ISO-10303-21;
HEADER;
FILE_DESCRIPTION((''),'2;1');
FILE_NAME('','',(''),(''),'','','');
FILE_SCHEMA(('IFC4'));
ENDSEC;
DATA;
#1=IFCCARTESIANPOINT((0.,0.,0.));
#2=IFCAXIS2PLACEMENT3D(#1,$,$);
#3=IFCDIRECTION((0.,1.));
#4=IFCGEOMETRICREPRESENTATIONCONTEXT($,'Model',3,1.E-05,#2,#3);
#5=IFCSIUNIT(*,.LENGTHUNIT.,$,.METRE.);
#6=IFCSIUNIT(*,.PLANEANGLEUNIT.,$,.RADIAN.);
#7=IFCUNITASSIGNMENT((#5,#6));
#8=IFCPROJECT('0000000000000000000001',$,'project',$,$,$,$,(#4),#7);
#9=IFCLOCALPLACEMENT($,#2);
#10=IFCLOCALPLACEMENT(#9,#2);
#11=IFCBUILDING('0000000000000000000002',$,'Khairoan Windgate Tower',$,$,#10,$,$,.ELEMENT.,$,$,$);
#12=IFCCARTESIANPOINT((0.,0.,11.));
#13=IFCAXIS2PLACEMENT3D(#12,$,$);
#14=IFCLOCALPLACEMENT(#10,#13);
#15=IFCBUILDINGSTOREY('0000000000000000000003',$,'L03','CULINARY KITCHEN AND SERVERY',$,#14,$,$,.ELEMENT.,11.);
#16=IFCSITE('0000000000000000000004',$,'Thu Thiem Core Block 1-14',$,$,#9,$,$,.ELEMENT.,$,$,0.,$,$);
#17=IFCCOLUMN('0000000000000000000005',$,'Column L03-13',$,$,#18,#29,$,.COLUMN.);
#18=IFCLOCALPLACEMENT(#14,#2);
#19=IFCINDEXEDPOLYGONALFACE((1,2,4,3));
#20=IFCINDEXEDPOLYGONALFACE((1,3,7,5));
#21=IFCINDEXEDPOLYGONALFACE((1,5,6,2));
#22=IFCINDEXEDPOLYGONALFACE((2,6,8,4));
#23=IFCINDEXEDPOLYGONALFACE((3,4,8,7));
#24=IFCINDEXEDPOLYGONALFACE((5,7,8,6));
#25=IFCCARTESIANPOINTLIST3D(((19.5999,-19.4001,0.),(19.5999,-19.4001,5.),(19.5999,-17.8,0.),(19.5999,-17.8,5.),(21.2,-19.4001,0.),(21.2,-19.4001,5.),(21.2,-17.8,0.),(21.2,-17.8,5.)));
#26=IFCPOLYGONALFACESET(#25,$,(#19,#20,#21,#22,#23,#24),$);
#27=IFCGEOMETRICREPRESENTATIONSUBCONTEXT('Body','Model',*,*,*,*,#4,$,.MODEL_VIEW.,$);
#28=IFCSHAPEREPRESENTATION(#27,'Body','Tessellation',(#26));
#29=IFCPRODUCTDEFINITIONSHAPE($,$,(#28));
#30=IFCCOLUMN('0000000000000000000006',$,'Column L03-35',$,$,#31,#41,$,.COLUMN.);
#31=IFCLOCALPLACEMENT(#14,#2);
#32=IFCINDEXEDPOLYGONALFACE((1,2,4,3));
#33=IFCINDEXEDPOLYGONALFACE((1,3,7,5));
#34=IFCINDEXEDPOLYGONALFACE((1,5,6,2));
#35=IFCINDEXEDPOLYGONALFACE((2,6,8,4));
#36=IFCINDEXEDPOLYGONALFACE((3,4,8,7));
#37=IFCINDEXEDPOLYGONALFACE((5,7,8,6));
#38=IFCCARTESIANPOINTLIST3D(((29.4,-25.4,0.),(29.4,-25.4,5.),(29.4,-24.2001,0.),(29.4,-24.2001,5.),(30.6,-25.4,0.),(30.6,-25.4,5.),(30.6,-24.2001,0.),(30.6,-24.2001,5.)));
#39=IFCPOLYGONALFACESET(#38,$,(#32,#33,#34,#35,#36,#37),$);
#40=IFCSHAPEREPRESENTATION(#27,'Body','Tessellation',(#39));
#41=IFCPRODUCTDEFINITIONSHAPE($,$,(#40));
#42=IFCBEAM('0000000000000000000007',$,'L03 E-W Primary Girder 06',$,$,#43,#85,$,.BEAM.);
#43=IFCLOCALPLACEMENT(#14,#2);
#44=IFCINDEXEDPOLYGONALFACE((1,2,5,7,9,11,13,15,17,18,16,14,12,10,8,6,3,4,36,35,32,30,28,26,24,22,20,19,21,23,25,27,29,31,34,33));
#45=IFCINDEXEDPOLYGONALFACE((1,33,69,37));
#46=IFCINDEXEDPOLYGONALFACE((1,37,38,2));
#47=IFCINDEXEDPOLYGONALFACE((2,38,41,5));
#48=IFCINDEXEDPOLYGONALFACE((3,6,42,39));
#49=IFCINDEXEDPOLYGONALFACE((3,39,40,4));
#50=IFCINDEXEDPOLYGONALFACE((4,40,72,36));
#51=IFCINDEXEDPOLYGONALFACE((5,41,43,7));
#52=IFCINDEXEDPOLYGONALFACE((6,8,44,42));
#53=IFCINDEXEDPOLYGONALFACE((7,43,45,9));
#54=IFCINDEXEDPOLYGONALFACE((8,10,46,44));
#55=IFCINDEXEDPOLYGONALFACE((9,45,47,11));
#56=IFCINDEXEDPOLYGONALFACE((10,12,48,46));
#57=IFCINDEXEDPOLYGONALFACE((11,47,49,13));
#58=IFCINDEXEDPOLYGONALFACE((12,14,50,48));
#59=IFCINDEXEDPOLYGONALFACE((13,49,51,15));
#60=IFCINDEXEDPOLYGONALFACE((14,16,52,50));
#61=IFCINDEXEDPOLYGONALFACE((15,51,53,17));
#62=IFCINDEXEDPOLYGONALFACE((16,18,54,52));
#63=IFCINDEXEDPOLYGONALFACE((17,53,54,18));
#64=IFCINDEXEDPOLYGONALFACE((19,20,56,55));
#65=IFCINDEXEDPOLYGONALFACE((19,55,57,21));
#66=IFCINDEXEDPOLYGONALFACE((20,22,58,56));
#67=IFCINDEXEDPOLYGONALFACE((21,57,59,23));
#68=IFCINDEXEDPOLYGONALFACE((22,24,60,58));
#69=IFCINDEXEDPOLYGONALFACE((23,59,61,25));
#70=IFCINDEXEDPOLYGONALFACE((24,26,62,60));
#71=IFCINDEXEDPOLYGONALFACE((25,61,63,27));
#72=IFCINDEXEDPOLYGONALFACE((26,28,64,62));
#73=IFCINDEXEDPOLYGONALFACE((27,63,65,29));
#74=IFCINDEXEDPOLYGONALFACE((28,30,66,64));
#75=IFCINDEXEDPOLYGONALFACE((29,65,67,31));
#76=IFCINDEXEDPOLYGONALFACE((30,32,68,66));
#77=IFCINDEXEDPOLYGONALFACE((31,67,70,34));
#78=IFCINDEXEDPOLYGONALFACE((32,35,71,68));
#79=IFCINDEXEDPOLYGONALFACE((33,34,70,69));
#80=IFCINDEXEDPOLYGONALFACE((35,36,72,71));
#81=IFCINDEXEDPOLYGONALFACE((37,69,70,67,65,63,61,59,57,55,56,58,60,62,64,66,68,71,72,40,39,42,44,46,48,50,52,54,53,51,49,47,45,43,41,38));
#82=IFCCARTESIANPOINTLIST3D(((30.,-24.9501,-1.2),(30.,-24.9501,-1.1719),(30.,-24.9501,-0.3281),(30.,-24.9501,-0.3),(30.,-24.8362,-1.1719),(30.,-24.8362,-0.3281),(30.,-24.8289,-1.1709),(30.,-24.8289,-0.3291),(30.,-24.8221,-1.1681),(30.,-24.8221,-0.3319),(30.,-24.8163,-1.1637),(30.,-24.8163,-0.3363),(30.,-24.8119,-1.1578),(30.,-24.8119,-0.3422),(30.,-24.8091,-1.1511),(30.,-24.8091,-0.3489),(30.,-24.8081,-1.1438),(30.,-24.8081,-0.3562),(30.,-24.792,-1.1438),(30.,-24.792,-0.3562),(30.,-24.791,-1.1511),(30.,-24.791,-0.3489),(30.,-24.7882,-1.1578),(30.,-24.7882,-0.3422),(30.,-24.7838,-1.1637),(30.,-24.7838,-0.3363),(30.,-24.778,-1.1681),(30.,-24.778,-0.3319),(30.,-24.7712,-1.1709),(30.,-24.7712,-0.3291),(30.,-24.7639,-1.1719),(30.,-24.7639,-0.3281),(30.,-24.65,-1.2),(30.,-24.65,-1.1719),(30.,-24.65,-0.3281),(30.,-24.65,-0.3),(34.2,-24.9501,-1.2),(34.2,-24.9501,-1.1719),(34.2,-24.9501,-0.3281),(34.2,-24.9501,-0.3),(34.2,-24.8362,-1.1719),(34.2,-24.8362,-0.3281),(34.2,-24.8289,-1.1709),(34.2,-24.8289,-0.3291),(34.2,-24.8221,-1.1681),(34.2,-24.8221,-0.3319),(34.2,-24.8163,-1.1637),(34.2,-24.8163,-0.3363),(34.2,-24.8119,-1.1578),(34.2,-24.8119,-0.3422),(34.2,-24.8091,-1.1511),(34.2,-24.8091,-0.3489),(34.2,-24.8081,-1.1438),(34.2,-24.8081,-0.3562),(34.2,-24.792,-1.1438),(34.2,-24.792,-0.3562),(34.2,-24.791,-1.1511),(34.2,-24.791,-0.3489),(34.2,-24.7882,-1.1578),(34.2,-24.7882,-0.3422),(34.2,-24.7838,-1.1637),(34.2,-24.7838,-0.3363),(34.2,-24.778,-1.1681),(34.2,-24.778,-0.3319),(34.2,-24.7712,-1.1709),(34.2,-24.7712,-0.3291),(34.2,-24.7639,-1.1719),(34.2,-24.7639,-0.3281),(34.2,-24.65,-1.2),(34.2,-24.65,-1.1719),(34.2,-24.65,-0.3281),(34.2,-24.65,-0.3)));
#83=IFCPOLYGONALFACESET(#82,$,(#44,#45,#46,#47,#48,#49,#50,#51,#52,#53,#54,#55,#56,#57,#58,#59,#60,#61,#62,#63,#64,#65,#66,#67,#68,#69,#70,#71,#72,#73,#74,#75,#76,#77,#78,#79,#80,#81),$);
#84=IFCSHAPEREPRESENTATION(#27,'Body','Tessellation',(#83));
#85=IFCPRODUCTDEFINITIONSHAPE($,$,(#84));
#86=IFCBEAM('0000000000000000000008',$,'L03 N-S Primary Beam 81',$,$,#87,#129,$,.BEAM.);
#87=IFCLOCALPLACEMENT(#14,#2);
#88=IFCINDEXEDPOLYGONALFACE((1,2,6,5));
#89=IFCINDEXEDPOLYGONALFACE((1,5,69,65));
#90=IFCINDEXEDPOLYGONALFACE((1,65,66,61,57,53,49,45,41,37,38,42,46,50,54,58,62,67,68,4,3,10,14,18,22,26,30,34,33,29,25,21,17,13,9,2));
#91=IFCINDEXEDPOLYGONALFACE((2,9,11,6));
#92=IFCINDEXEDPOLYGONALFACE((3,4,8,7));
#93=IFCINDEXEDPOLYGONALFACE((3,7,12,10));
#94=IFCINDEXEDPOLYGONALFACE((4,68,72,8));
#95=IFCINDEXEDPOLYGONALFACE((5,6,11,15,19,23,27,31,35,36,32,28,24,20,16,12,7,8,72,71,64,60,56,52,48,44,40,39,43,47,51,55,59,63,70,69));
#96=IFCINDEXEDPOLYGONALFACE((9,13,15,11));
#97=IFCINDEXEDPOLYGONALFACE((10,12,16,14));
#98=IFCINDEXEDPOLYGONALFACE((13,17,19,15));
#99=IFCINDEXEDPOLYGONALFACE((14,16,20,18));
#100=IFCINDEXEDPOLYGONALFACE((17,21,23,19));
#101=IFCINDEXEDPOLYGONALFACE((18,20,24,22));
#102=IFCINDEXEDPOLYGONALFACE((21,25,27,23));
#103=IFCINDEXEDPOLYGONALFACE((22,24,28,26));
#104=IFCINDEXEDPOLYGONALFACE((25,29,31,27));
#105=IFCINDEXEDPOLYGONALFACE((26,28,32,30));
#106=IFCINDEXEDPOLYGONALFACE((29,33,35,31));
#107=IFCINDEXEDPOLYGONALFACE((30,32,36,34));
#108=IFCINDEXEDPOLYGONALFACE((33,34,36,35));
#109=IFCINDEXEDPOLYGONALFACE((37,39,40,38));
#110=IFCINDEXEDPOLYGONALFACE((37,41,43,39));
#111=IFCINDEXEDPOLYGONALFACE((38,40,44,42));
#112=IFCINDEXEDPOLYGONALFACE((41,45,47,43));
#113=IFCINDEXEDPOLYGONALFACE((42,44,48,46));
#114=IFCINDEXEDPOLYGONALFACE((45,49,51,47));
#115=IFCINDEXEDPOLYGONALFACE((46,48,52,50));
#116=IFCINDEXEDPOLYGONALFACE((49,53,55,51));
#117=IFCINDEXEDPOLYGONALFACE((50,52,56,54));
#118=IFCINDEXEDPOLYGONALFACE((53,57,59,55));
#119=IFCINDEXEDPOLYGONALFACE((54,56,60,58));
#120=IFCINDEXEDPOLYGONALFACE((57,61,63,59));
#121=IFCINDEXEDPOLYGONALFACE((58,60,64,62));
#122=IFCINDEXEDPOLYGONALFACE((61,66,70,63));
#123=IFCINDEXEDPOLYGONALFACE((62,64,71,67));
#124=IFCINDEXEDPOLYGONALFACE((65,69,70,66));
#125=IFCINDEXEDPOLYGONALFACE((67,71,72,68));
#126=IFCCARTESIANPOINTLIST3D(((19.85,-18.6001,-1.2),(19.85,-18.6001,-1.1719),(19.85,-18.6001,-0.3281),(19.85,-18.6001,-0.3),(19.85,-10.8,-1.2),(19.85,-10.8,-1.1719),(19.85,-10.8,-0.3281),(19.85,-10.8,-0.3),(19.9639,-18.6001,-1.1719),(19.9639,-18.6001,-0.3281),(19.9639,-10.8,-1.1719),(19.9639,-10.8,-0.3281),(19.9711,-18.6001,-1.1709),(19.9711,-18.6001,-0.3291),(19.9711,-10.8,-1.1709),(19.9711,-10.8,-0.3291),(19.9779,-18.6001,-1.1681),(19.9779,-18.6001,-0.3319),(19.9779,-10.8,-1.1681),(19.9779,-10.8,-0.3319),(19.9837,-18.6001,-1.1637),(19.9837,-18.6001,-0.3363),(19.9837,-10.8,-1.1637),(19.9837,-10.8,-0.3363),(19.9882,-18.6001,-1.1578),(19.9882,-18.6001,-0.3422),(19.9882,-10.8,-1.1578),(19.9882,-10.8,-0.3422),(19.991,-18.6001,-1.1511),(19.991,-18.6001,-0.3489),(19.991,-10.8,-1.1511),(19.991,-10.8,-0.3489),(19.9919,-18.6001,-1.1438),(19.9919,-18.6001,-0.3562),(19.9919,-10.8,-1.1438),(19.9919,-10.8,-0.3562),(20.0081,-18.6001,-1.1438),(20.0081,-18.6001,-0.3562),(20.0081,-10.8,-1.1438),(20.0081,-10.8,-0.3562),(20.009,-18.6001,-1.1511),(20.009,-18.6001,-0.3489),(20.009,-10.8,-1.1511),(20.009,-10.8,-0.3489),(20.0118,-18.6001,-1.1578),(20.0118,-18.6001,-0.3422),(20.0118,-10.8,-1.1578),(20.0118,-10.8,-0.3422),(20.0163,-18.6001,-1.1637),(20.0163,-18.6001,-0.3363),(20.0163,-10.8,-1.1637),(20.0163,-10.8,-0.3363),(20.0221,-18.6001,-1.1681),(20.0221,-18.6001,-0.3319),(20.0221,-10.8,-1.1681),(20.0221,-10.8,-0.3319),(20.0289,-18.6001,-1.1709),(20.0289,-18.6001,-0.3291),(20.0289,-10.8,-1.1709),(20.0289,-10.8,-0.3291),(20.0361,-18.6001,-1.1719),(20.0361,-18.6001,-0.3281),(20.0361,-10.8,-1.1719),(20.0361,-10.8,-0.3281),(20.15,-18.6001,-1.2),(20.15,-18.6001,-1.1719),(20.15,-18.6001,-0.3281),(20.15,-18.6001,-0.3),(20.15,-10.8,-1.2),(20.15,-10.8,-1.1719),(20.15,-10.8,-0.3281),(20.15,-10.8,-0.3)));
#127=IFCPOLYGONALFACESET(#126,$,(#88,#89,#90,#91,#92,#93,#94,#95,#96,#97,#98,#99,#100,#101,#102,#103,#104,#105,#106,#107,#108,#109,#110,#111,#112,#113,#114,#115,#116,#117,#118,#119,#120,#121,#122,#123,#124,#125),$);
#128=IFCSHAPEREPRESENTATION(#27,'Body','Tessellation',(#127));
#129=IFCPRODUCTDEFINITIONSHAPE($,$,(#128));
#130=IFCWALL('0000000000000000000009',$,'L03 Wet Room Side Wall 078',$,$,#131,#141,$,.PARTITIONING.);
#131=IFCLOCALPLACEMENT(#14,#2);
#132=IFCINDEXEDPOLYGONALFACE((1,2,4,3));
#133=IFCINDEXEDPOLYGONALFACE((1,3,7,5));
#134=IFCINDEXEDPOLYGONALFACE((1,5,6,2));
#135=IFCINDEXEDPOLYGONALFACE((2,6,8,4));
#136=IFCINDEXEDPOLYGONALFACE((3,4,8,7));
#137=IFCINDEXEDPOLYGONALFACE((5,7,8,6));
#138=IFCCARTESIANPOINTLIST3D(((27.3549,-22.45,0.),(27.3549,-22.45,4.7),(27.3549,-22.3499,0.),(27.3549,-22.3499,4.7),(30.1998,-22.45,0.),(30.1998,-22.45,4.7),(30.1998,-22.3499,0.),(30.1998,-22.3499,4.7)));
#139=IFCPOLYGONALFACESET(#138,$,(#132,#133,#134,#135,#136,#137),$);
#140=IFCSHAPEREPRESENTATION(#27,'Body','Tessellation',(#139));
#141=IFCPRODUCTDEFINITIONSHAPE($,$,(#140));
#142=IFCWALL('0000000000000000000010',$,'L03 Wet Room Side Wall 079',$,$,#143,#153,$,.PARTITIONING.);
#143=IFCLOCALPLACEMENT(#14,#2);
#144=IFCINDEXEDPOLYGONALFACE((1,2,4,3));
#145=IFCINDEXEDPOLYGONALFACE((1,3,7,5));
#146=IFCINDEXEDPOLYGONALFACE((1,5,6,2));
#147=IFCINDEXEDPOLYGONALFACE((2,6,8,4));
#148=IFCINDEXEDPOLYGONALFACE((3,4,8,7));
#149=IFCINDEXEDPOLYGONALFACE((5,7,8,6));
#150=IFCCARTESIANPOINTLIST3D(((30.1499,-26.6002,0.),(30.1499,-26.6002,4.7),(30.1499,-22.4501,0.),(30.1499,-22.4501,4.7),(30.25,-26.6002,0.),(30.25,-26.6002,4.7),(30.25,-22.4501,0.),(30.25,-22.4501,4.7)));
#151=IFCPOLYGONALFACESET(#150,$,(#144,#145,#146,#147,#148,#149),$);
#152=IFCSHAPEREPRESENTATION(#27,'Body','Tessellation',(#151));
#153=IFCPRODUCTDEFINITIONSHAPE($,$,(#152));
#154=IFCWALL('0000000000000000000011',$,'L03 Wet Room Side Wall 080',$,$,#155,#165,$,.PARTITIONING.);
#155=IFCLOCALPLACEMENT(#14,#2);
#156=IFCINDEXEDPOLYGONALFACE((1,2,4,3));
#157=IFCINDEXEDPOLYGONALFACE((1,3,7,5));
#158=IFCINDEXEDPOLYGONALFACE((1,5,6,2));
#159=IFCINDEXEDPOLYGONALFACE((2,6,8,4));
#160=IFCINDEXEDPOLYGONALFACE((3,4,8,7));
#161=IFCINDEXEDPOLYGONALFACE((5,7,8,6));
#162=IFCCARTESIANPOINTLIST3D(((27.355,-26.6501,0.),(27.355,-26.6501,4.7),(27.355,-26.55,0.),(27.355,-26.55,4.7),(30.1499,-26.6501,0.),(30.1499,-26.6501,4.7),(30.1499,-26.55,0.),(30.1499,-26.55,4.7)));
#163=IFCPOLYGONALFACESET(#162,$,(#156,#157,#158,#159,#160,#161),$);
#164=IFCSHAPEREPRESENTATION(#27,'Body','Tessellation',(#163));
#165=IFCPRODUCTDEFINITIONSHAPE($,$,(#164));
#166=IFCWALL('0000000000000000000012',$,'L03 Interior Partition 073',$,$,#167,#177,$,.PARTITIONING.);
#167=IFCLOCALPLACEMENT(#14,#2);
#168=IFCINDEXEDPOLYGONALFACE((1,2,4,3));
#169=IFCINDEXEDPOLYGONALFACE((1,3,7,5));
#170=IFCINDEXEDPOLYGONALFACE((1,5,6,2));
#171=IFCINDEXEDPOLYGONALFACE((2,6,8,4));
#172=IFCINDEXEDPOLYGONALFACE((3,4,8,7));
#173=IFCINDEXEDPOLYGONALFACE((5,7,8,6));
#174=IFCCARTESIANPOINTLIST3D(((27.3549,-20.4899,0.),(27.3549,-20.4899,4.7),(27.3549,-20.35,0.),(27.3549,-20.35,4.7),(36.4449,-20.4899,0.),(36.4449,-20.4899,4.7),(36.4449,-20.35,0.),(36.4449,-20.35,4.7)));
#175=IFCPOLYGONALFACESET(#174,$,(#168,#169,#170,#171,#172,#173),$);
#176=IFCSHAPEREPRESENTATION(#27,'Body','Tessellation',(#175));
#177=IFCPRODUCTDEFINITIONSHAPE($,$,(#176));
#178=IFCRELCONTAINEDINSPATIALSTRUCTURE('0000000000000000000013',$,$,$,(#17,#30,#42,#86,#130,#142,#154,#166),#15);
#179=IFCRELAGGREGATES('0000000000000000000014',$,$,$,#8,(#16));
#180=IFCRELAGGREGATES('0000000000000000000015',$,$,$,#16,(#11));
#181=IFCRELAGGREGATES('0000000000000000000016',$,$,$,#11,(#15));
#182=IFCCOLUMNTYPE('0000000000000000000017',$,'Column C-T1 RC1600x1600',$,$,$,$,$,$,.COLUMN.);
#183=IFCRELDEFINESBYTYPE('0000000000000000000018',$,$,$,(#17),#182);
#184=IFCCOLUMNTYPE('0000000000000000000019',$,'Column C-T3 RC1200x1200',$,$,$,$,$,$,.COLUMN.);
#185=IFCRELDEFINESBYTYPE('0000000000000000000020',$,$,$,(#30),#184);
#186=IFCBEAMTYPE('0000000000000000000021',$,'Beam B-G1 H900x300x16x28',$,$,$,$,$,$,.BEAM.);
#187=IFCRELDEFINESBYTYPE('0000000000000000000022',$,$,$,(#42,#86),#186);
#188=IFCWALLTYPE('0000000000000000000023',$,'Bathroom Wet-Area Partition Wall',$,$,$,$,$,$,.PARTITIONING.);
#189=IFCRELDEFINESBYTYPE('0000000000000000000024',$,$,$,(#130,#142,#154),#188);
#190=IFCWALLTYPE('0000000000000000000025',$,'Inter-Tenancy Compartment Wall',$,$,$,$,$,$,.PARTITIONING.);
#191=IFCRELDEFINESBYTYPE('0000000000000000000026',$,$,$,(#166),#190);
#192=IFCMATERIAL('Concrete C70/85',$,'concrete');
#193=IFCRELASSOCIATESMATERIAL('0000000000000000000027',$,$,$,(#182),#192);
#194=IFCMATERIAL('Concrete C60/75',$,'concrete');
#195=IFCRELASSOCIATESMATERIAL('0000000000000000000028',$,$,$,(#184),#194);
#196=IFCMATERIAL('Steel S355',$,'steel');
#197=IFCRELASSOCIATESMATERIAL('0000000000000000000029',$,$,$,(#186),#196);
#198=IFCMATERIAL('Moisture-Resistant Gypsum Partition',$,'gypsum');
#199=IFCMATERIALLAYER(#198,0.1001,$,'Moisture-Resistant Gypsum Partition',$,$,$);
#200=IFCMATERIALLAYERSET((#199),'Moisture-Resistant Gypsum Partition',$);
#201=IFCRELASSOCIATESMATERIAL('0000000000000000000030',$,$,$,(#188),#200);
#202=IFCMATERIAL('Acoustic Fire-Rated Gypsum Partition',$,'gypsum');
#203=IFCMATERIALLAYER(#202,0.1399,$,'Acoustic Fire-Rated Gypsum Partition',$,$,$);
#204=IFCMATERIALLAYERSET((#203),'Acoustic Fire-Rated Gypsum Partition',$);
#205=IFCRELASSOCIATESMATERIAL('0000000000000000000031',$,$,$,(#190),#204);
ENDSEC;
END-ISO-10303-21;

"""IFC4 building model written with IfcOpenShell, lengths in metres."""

from ifc_helpers import new_model, si_unit, direction, frame, frame_2d, origin, origin_2d, place, context, subcontext, project, spatial, rectangle, i_section, extrude, material, layer, layer_set, material_profile, profile_set, type_object, element, save


model = new_model("IFC4")

# Units and contexts
model_context = context("Model", 3, precision=1e-05, world=origin(), true_north=direction((0.0, 1.0)))
body_context = subcontext(model_context, "Body", "Model", "MODEL_VIEW")
ifc_project = project(units=[si_unit("LENGTHUNIT", "METRE"), si_unit("PLANEANGLEUNIT", "RADIAN")], contexts=[model_context])

# Site, building, storey
site_placement = place(None, origin())
site = spatial("IfcSite", under=ifc_project, at=site_placement, Name="Thu Thiem Core Block 1-14", CompositionType="ELEMENT", RefElevation=0.0)
building_placement = place(site_placement, origin())
building = spatial("IfcBuilding", under=site, at=building_placement, Name="Khairoan Windgate Tower", CompositionType="ELEMENT")
storey_placement = place(building_placement, frame((0.0, 0.0, 11.0)))
storey = spatial("IfcBuildingStorey", under=building, at=storey_placement, Name="L03", Description="CULINARY KITCHEN AND SERVERY", CompositionType="ELEMENT", Elevation=11.0)

# Columns
ifc_material_1 = material(Name="Concrete C70/85", Category="concrete")
ifc_material_profile_1 = material_profile(ifc_material_1, rectangle(XDim=1.6001, YDim=1.6001, at=origin_2d()))
ifc_profile_set_1 = profile_set([ifc_material_profile_1], Name="Concrete C70/85")
column_type_1 = type_object("IfcColumnType", Name="Column C-T1 RC1600x1600", PredefinedType="COLUMN", material=ifc_profile_set_1)
column_1_placement = place(storey_placement, frame((20.3999, -18.6001, 0.0), z_axis=(0.0, 0.0, 1.0), x_axis=(1.0, 0.0, 0.0)))
element("IfcColumn", 1, at=column_1_placement, inside=storey, type_object=column_type_1, Name="Column L03-13", PredefinedType="COLUMN", context=body_context, shape_type="SweptSolid", body=[
    extrude(rectangle(XDim=1.6001, YDim=1.6001, at=origin_2d()), origin(), (0.0, 0.0, 1.0), 5.0),
])
ifc_material_2 = material(Name="Concrete C60/75", Category="concrete")
ifc_material_profile_2 = material_profile(ifc_material_2, rectangle(XDim=1.2, YDim=1.2, at=origin_2d()))
ifc_profile_set_2 = profile_set([ifc_material_profile_2], Name="Concrete C60/75")
column_type_2 = type_object("IfcColumnType", Name="Column C-T3 RC1200x1200", PredefinedType="COLUMN", material=ifc_profile_set_2)
column_2_placement = place(storey_placement, frame((30.0, -24.8, 0.0), z_axis=(0.0, 0.0, 1.0), x_axis=(1.0, 0.0, 0.0)))
element("IfcColumn", 2, at=column_2_placement, inside=storey, type_object=column_type_2, Name="Column L03-35", PredefinedType="COLUMN", context=body_context, shape_type="SweptSolid", body=[
    extrude(rectangle(XDim=1.2, YDim=1.2, at=origin_2d()), origin(), (0.0, 0.0, 1.0), 5.0),
])

# Beams
ifc_material_3 = material(Name="Steel S355", Category="steel")
ifc_material_profile_3 = material_profile(ifc_material_3, i_section(OverallWidth=0.3, OverallDepth=0.8999, WebThickness=0.0161, FlangeThickness=0.0281, FilletRadius=0.0281, at=origin_2d()))
ifc_profile_set_3 = profile_set([ifc_material_profile_3], Name="Steel S355")
beam_type = type_object("IfcBeamType", Name="Beam B-G1 H900x300x16x28", PredefinedType="BEAM", material=ifc_profile_set_3)
beam_1_placement = place(storey_placement, frame((30.0, -24.8, -0.75), z_axis=(1.0, 0.0, 0.0), x_axis=(0.0, 1.0, 0.0)))
element("IfcBeam", 3, at=beam_1_placement, inside=storey, type_object=beam_type, Name="L03 E-W Primary Girder 06", PredefinedType="BEAM", context=body_context, shape_type="SweptSolid", body=[
    extrude(i_section(OverallWidth=0.3, OverallDepth=0.8999, WebThickness=0.0161, FlangeThickness=0.0281, FilletRadius=0.0281, at=origin_2d()), origin(), (0.0, 0.0, 1.0), 4.2),
])
beam_2_placement = place(storey_placement, frame((20.0, -18.6001, -0.75), z_axis=(0.0, 1.0, 0.0), x_axis=(-1.0, 0.0, 0.0)))
element("IfcBeam", 4, at=beam_2_placement, inside=storey, type_object=beam_type, Name="L03 N-S Primary Beam 81", PredefinedType="BEAM", context=body_context, shape_type="SweptSolid", body=[
    extrude(i_section(OverallWidth=0.3, OverallDepth=0.8999, WebThickness=0.0161, FlangeThickness=0.0281, FilletRadius=0.0281, at=origin_2d()), origin(), (0.0, 0.0, 1.0), 7.8),
])

# Walls
ifc_material_4 = material(Name="Moisture-Resistant Gypsum Partition", Category="gypsum")
ifc_layer_1 = layer(ifc_material_4, 0.1001, Name="Moisture-Resistant Gypsum Partition")
ifc_layer_set_1 = layer_set([ifc_layer_1], Name="Moisture-Resistant Gypsum Partition")
wall_type_1 = type_object("IfcWallType", Name="Bathroom Wet-Area Partition Wall", PredefinedType="PARTITIONING", material=ifc_layer_set_1)
wall_1_placement = place(storey_placement, frame((27.355, -22.3999, 0.0), z_axis=(0.0, 0.0, 1.0), x_axis=(1.0, 0.0, 0.0)))
element("IfcWall", 5, at=wall_1_placement, inside=storey, type_object=wall_type_1, Name="L03 Wet Room Side Wall 078", PredefinedType="PARTITIONING", context=body_context, shape_type="SweptSolid", body=[
    extrude(rectangle(XDim=2.845, YDim=0.1001, at=frame_2d((1.4224, 0.0))), origin(), (0.0, 0.0, 1.0), 4.7),
])
wall_2_placement = place(storey_placement, frame((30.2, -22.45, 0.0), z_axis=(0.0, 0.0, 1.0), x_axis=(0.0, -1.0, 0.0)))
element("IfcWall", 6, at=wall_2_placement, inside=storey, type_object=wall_type_1, Name="L03 Wet Room Side Wall 079", PredefinedType="PARTITIONING", context=body_context, shape_type="SweptSolid", body=[
    extrude(rectangle(XDim=4.1501, YDim=0.1001, at=frame_2d((2.0752, 0.0))), origin(), (0.0, 0.0, 1.0), 4.7),
])
wall_3_placement = place(storey_placement, frame((30.1499, -26.6001, 0.0), z_axis=(0.0, 0.0, 1.0), x_axis=(-1.0, 0.0, 0.0)))
element("IfcWall", 7, at=wall_3_placement, inside=storey, type_object=wall_type_1, Name="L03 Wet Room Side Wall 080", PredefinedType="PARTITIONING", context=body_context, shape_type="SweptSolid", body=[
    extrude(rectangle(XDim=2.7949, YDim=0.1001, at=frame_2d((1.3975, 0.0))), origin(), (0.0, 0.0, 1.0), 4.7),
])
ifc_material_5 = material(Name="Acoustic Fire-Rated Gypsum Partition", Category="gypsum")
ifc_layer_2 = layer(ifc_material_5, 0.1399, Name="Acoustic Fire-Rated Gypsum Partition")
ifc_layer_set_2 = layer_set([ifc_layer_2], Name="Acoustic Fire-Rated Gypsum Partition")
wall_type_2 = type_object("IfcWallType", Name="Inter-Tenancy Compartment Wall", PredefinedType="PARTITIONING", material=ifc_layer_set_2)
wall_4_placement = place(storey_placement, frame((27.355, -20.4199, 0.0), z_axis=(0.0, 0.0, 1.0), x_axis=(1.0, 0.0, 0.0)))
element("IfcWall", 8, at=wall_4_placement, inside=storey, type_object=wall_type_2, Name="L03 Interior Partition 073", PredefinedType="PARTITIONING", context=body_context, shape_type="SweptSolid", body=[
    extrude(rectangle(XDim=9.0901, YDim=0.1399, at=frame_2d((4.5449, 0.0))), origin(), (0.0, 0.0, 1.0), 4.7),
])

save(model, "model.ifc")
